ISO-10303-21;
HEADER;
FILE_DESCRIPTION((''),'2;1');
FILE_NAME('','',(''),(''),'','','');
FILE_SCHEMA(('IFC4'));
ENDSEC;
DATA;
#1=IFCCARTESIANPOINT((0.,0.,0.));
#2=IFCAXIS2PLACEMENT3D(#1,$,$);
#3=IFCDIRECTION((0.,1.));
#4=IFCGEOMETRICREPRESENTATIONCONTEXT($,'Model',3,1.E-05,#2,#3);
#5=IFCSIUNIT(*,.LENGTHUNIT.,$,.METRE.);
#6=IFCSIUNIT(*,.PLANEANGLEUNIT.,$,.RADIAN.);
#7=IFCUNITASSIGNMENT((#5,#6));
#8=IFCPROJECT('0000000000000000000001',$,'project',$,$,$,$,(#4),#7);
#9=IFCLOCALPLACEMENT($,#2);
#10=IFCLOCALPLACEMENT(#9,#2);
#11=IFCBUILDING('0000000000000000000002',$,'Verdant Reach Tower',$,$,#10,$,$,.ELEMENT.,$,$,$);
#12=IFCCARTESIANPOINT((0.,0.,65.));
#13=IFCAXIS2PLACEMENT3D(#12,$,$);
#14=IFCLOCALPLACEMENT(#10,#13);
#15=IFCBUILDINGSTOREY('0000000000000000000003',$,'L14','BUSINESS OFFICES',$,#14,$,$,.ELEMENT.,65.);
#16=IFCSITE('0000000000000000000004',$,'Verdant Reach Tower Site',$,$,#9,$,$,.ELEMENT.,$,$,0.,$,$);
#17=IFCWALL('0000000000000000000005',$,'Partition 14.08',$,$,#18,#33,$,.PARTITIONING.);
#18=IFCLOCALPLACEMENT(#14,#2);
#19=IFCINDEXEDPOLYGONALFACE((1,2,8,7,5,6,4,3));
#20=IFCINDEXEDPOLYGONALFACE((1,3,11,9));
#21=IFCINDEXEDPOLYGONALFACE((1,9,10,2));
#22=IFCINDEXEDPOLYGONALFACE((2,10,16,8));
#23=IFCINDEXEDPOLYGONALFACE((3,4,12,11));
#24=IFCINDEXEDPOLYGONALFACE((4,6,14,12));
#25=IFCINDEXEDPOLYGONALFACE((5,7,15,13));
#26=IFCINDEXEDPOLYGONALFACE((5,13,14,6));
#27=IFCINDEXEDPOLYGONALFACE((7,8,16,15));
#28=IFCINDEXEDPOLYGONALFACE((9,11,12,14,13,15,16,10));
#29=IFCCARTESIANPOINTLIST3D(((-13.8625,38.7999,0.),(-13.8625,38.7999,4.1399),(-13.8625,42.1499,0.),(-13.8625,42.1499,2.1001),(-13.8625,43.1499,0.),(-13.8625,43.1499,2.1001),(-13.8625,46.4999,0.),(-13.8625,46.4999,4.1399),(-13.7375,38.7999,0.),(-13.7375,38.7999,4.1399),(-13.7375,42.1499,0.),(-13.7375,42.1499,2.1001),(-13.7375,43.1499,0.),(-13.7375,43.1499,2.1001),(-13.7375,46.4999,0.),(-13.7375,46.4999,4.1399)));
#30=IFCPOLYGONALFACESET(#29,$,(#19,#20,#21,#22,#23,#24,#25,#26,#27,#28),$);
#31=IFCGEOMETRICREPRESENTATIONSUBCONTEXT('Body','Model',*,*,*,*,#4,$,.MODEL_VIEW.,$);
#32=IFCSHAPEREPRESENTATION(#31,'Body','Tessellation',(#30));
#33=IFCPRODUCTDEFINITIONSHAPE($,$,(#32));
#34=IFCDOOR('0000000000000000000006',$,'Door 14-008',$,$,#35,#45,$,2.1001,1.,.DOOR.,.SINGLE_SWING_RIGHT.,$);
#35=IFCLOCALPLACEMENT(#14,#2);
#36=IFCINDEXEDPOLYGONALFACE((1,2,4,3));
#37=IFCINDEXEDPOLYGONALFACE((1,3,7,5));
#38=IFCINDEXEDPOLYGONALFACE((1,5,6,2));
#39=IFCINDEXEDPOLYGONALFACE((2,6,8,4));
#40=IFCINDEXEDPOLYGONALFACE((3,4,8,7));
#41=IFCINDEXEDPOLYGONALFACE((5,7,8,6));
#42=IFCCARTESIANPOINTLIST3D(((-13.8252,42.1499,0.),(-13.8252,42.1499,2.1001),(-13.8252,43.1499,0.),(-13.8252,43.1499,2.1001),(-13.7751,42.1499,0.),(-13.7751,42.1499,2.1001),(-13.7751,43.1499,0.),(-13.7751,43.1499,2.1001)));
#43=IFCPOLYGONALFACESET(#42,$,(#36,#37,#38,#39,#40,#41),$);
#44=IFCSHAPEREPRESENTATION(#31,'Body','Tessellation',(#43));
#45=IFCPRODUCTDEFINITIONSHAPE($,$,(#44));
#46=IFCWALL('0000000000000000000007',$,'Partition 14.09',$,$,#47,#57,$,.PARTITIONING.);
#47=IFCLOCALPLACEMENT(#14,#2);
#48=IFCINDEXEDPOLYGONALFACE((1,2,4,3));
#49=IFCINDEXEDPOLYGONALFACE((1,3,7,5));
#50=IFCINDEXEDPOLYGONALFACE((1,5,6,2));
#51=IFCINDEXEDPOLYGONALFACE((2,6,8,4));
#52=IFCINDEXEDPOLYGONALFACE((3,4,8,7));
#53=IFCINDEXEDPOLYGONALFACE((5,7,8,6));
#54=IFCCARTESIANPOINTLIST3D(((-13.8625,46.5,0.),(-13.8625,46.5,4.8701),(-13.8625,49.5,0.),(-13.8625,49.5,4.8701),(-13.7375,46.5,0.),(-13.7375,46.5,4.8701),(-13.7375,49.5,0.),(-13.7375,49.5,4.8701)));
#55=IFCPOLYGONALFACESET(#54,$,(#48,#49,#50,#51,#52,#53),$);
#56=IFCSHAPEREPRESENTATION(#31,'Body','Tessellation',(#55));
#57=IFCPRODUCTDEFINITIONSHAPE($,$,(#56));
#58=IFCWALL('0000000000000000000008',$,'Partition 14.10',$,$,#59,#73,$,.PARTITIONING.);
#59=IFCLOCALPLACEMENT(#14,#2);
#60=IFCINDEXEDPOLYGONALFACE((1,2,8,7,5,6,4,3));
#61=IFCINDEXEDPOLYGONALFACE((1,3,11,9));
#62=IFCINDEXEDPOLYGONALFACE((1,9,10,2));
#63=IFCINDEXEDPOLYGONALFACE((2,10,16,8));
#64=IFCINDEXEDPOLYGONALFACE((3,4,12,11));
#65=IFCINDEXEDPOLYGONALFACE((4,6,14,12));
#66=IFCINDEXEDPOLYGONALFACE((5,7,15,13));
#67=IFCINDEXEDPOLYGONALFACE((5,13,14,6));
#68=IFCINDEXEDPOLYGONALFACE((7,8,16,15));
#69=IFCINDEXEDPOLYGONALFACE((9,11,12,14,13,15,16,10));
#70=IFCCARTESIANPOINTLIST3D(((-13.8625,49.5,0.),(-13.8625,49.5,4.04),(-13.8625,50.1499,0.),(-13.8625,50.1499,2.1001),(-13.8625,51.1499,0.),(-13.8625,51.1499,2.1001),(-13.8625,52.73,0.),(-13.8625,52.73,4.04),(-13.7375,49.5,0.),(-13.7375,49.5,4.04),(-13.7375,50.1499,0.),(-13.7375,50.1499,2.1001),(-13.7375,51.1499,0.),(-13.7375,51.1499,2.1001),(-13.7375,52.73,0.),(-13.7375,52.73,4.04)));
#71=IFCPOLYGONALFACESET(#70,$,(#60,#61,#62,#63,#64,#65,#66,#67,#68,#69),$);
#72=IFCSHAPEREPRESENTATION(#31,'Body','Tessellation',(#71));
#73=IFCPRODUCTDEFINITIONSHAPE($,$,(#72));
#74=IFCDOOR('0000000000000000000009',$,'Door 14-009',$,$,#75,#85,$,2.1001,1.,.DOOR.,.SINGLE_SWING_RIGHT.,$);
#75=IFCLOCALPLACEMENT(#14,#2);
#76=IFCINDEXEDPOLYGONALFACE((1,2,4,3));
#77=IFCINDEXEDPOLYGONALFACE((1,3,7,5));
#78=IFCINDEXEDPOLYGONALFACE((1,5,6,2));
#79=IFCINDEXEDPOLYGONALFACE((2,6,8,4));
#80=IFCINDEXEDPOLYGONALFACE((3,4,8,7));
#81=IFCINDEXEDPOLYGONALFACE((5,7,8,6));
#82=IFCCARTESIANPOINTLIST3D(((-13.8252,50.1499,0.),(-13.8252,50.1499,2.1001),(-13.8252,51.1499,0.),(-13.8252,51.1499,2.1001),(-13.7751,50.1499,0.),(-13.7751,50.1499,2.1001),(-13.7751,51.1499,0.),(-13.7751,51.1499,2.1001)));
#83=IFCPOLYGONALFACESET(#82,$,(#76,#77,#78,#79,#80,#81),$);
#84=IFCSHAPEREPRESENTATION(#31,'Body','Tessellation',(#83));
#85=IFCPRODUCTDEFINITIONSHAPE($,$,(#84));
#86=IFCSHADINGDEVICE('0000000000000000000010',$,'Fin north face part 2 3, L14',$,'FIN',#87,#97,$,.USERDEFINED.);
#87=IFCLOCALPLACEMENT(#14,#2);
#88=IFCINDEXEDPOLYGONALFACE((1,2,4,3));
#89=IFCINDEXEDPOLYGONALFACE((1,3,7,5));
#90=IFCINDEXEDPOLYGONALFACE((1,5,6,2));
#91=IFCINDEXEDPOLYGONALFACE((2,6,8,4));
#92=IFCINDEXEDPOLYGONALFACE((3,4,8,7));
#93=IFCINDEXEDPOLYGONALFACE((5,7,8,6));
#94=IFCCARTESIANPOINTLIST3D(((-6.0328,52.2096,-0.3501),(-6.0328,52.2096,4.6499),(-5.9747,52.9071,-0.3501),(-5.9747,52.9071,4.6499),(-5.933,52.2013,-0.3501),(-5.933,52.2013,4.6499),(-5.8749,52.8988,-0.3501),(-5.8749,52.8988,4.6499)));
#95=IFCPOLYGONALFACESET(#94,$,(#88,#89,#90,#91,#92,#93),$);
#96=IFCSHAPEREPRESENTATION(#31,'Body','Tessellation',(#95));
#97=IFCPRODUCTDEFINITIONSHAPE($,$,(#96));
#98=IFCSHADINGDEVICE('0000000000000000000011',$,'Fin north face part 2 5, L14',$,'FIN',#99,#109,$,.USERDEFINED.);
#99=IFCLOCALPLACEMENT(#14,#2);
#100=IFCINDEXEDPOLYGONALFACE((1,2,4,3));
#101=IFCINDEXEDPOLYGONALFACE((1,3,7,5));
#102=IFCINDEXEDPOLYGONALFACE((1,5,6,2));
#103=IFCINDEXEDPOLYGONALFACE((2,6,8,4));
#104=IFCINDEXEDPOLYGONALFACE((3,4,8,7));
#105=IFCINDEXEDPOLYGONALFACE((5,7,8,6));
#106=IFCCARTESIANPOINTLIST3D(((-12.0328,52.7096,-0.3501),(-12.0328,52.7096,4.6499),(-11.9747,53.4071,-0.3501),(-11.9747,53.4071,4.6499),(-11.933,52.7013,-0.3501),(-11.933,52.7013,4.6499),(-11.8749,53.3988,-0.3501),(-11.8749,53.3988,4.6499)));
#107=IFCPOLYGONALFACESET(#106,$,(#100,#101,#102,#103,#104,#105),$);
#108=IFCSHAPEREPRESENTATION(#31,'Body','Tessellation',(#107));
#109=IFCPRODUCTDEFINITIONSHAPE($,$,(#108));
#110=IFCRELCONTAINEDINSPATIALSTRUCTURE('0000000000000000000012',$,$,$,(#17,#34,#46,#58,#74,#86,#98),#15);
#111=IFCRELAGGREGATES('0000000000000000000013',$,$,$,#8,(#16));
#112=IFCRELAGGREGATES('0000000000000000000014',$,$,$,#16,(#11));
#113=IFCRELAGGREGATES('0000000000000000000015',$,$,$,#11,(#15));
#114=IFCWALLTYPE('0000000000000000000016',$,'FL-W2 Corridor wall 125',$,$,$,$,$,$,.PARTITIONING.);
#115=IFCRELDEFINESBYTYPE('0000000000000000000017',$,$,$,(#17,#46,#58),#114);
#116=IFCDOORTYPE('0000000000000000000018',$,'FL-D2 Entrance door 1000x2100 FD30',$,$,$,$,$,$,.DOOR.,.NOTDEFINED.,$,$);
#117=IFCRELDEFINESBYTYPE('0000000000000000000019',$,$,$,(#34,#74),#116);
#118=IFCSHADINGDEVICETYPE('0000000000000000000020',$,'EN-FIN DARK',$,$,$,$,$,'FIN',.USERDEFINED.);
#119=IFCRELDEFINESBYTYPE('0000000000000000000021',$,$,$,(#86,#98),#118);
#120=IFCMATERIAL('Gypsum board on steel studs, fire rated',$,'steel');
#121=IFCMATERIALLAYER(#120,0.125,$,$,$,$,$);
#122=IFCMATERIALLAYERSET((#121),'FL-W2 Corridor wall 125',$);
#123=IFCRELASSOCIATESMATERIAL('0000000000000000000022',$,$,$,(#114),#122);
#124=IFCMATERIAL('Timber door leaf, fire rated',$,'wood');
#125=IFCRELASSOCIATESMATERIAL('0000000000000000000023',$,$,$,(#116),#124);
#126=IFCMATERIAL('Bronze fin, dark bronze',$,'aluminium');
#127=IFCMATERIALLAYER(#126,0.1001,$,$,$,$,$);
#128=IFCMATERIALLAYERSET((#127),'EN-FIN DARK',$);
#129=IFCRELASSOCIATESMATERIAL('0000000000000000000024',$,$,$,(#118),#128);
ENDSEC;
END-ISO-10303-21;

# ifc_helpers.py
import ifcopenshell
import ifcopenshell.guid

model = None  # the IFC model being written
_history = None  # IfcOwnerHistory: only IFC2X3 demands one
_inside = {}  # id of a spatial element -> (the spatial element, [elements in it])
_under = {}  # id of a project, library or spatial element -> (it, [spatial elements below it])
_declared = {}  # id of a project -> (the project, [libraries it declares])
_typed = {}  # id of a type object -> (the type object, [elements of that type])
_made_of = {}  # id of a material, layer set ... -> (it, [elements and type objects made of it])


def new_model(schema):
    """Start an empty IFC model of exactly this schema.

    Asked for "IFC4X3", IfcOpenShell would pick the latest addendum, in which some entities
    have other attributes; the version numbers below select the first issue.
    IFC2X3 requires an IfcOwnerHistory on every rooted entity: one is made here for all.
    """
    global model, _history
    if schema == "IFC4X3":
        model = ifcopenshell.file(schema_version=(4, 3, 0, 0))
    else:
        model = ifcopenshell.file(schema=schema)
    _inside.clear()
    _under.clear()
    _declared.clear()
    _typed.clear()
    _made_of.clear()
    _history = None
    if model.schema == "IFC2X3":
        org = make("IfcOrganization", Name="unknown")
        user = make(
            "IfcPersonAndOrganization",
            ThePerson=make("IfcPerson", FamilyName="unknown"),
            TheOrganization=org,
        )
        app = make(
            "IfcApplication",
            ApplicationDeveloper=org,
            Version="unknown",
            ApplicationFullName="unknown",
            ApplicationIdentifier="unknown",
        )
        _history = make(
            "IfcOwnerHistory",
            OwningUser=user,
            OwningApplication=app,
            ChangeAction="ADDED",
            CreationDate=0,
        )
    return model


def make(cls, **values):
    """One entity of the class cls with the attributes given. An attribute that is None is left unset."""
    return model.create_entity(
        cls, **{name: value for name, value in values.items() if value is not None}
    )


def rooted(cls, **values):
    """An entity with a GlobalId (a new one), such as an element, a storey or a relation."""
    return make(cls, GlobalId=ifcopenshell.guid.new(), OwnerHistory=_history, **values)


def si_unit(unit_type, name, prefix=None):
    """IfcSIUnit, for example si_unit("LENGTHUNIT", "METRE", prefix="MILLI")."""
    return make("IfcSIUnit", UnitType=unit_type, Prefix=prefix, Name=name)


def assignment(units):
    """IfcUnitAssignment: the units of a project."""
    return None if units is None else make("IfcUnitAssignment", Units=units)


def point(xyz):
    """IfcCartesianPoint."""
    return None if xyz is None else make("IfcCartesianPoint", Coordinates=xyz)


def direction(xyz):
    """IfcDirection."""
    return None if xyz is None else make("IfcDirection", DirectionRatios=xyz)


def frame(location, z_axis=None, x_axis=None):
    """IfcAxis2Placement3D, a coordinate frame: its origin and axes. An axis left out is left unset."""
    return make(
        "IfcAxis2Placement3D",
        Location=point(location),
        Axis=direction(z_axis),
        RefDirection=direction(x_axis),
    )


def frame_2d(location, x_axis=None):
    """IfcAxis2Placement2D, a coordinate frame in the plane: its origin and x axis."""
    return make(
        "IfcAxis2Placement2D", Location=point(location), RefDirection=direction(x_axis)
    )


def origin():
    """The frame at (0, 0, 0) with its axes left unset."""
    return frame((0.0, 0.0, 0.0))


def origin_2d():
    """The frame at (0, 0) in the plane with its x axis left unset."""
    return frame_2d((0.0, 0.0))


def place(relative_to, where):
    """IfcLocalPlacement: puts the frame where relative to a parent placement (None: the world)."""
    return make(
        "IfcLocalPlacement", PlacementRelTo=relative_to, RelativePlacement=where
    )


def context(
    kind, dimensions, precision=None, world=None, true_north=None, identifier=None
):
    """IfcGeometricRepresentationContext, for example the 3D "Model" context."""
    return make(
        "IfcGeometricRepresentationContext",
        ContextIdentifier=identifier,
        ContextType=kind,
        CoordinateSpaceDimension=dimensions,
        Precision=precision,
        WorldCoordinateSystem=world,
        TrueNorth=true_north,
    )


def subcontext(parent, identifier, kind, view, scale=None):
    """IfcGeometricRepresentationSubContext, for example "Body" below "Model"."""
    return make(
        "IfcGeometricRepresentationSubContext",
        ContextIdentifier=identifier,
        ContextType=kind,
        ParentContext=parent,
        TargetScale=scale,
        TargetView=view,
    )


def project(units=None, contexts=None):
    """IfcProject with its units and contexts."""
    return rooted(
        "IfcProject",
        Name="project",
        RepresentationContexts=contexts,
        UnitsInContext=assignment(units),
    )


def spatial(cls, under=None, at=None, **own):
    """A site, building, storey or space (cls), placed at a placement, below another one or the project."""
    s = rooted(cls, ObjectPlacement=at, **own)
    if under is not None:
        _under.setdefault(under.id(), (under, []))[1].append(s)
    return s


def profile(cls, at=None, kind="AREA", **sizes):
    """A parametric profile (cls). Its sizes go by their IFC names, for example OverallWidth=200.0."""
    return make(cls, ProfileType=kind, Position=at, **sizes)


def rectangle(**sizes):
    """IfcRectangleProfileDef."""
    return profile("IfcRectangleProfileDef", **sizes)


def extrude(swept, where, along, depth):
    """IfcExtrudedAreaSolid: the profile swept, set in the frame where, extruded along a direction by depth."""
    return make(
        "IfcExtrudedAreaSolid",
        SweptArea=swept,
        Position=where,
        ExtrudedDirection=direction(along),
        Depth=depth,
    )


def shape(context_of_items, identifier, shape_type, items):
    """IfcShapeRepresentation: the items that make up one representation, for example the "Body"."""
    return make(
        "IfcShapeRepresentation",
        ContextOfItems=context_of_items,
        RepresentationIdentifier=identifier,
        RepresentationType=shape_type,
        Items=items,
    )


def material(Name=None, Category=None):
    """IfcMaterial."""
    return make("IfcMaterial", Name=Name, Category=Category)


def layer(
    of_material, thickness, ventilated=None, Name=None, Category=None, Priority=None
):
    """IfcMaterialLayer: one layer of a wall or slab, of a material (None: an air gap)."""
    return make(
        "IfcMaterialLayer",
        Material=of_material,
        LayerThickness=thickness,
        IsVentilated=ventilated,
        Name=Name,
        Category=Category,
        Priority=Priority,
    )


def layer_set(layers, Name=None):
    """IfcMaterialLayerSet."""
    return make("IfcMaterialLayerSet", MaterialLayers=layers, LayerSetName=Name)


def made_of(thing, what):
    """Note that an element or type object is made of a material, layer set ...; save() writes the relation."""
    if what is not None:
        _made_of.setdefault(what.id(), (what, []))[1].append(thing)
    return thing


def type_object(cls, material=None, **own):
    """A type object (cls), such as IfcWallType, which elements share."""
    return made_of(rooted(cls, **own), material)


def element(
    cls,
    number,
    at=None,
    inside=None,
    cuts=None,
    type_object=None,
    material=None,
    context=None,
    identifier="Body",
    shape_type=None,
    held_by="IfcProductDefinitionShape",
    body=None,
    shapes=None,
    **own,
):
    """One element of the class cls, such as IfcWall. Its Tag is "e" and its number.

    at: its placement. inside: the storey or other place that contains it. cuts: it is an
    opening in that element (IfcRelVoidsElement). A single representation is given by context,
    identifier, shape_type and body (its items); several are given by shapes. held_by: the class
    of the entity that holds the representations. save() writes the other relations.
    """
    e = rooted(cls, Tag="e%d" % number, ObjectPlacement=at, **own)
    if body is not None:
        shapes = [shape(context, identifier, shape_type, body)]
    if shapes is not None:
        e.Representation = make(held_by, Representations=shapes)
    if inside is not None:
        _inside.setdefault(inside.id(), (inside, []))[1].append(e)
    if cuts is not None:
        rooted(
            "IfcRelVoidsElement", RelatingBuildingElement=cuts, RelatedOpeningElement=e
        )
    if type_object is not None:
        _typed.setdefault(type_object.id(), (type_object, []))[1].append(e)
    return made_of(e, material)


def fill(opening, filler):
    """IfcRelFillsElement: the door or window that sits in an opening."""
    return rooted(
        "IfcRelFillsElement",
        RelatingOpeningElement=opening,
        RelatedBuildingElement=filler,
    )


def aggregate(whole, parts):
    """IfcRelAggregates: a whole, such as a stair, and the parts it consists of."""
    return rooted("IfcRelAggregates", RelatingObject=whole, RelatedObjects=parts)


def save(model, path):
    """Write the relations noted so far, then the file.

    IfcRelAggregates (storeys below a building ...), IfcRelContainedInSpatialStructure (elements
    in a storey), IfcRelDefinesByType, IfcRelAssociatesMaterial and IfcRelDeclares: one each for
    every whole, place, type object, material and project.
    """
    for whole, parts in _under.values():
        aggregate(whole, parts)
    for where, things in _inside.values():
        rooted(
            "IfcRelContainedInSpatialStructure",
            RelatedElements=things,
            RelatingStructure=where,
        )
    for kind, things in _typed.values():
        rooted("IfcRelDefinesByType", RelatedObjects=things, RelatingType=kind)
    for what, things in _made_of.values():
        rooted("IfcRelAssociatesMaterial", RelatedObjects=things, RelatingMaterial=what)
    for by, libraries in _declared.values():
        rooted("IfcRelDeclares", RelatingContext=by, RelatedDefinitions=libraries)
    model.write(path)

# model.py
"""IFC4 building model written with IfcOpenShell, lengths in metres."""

from ifc_helpers import new_model, si_unit, direction, frame, frame_2d, origin, origin_2d, place, context, subcontext, project, spatial, rectangle, extrude, material, layer, layer_set, type_object, element, fill, save


model = new_model("IFC4")

# Units and contexts
model_context = context("Model", 3, precision=1e-05, world=origin(), true_north=direction((0.0, 1.0)))
body_context = subcontext(model_context, "Body", "Model", "MODEL_VIEW")
ifc_project = project(units=[si_unit("LENGTHUNIT", "METRE"), si_unit("PLANEANGLEUNIT", "RADIAN")], contexts=[model_context])

# Site, building, storey
site_placement = place(None, origin())
site = spatial("IfcSite", under=ifc_project, at=site_placement, Name="Verdant Reach Tower Site", CompositionType="ELEMENT", RefElevation=0.0)
building_placement = place(site_placement, origin())
building = spatial("IfcBuilding", under=site, at=building_placement, Name="Verdant Reach Tower", CompositionType="ELEMENT")
storey_placement = place(building_placement, frame((0.0, 0.0, 65.0)))
storey = spatial("IfcBuildingStorey", under=building, at=storey_placement, Name="L14", Description="BUSINESS OFFICES", CompositionType="ELEMENT", Elevation=65.0)

# Wall, opening, door
ifc_material_1 = material(Name="Gypsum board on steel studs, fire rated", Category="steel")
ifc_layer_1 = layer(ifc_material_1, 0.125)
ifc_layer_set_1 = layer_set([ifc_layer_1], Name="FL-W2 Corridor wall 125")
wall_type_1 = type_object("IfcWallType", Name="FL-W2 Corridor wall 125", PredefinedType="PARTITIONING", material=ifc_layer_set_1)
wall_1_placement = place(storey_placement, frame((-13.8, 46.5, 0.0), z_axis=(0.0, 0.0, 1.0), x_axis=(0.0, -1.0, 0.0)))
wall_1 = element("IfcWall", 1, at=wall_1_placement, inside=storey, type_object=wall_type_1, Name="Partition 14.08", PredefinedType="PARTITIONING", context=body_context, shape_type="SweptSolid", body=[
    extrude(rectangle(XDim=7.7, YDim=0.125, at=frame_2d((3.8501, 0.0))), origin(), (0.0, 0.0, 1.0), 4.1399),
])
opening_1_placement = place(wall_1_placement, frame((3.3501, 0.0, 0.0)))
opening_1 = element("IfcOpeningElement", 2, at=opening_1_placement, cuts=wall_1, PredefinedType="OPENING", context=body_context, shape_type="SweptSolid", body=[
    extrude(rectangle(XDim=1.0, YDim=2.1001, at=frame_2d((0.5, 1.05))), frame((0.0, 0.0725, 0.0), z_axis=(0.0, -1.0, 0.0), x_axis=(1.0, 0.0, 0.0)), (0.0, 0.0, 1.0), 0.145),
])
ifc_material_2 = material(Name="Timber door leaf, fire rated", Category="wood")
door_type_1 = type_object("IfcDoorType", Name="FL-D2 Entrance door 1000x2100 FD30", OperationType="NOTDEFINED", PredefinedType="DOOR", material=ifc_material_2)
door_1_placement = place(opening_1_placement, origin())
door_1 = element("IfcDoor", 3, at=door_1_placement, inside=storey, type_object=door_type_1, Name="Door 14-008", OperationType="SINGLE_SWING_RIGHT", OverallHeight=2.1001, OverallWidth=1.0, PredefinedType="DOOR", context=body_context, shape_type="SweptSolid", body=[
    extrude(rectangle(XDim=1.0, YDim=2.1001, at=frame_2d((0.5, 1.05))), frame((0.0, 0.0249, 0.0), z_axis=(0.0, -1.0, 0.0), x_axis=(1.0, 0.0, 0.0)), (0.0, 0.0, 1.0), 0.05),
])
fill(opening_1, door_1)

# Wall
wall_2_placement = place(storey_placement, frame((-13.8, 46.5, 0.0), z_axis=(0.0, 0.0, 1.0), x_axis=(0.0, 1.0, 0.0)))
element("IfcWall", 4, at=wall_2_placement, inside=storey, type_object=wall_type_1, Name="Partition 14.09", PredefinedType="PARTITIONING", context=body_context, shape_type="SweptSolid", body=[
    extrude(rectangle(XDim=3.0, YDim=0.125, at=frame_2d((1.5, 0.0))), origin(), (0.0, 0.0, 1.0), 4.8701),
])

# Wall, opening, door
wall_3_placement = place(storey_placement, frame((-13.8, 52.73, 0.0), z_axis=(0.0, 0.0, 1.0), x_axis=(0.0, -1.0, 0.0)))
wall_3 = element("IfcWall", 5, at=wall_3_placement, inside=storey, type_object=wall_type_1, Name="Partition 14.10", PredefinedType="PARTITIONING", context=body_context, shape_type="SweptSolid", body=[
    extrude(rectangle(XDim=3.23, YDim=0.125, at=frame_2d((1.615, 0.0))), origin(), (0.0, 0.0, 1.0), 4.04),
])
opening_2_placement = place(wall_3_placement, frame((1.5801, 0.0, 0.0)))
opening_2 = element("IfcOpeningElement", 6, at=opening_2_placement, cuts=wall_3, PredefinedType="OPENING", context=body_context, shape_type="SweptSolid", body=[
    extrude(rectangle(XDim=1.0, YDim=2.1001, at=frame_2d((0.5, 1.05))), frame((0.0, 0.0725, 0.0), z_axis=(0.0, -1.0, 0.0), x_axis=(1.0, 0.0, 0.0)), (0.0, 0.0, 1.0), 0.145),
])
door_2_placement = place(opening_2_placement, origin())
door_2 = element("IfcDoor", 7, at=door_2_placement, inside=storey, type_object=door_type_1, Name="Door 14-009", OperationType="SINGLE_SWING_RIGHT", OverallHeight=2.1001, OverallWidth=1.0, PredefinedType="DOOR", context=body_context, shape_type="SweptSolid", body=[
    extrude(rectangle(XDim=1.0, YDim=2.1001, at=frame_2d((0.5, 1.05))), frame((0.0, 0.0249, 0.0), z_axis=(0.0, -1.0, 0.0), x_axis=(1.0, 0.0, 0.0)), (0.0, 0.0, 1.0), 0.05),
])
fill(opening_2, door_2)

# Shading devices
ifc_material_3 = material(Name="Bronze fin, dark bronze", Category="aluminium")
ifc_layer_2 = layer(ifc_material_3, 0.1001)
ifc_layer_set_2 = layer_set([ifc_layer_2], Name="EN-FIN DARK")
shading_device_type = type_object("IfcShadingDeviceType", Name="EN-FIN DARK", ElementType="FIN", PredefinedType="USERDEFINED", material=ifc_layer_set_2)
for number, where, z_axis, x_axis, name in (
    (8, (-5.9539, 52.5542, -0.3501), (0.0, 0.0, 1.0), (-0.996546, 0.083045, 0.0), "Fin north face part 2 3, L14"),
    (9, (-11.9539, 53.0542, -0.3501), (0.0, 0.0, 1.0), (-0.996546, 0.083045, 0.0), "Fin north face part 2 5, L14"),
):
    element("IfcShadingDevice", number, at=place(storey_placement, frame(where, z_axis=z_axis, x_axis=x_axis)), inside=storey, type_object=shading_device_type, Name=name, ObjectType="FIN", PredefinedType="USERDEFINED", context=body_context, shape_type="SweptSolid", body=[
        extrude(rectangle(XDim=0.1001, YDim=0.7, at=origin_2d()), origin(), (0.0, 0.0, 1.0), 5.0),
    ])

save(model, "model.ifc")
